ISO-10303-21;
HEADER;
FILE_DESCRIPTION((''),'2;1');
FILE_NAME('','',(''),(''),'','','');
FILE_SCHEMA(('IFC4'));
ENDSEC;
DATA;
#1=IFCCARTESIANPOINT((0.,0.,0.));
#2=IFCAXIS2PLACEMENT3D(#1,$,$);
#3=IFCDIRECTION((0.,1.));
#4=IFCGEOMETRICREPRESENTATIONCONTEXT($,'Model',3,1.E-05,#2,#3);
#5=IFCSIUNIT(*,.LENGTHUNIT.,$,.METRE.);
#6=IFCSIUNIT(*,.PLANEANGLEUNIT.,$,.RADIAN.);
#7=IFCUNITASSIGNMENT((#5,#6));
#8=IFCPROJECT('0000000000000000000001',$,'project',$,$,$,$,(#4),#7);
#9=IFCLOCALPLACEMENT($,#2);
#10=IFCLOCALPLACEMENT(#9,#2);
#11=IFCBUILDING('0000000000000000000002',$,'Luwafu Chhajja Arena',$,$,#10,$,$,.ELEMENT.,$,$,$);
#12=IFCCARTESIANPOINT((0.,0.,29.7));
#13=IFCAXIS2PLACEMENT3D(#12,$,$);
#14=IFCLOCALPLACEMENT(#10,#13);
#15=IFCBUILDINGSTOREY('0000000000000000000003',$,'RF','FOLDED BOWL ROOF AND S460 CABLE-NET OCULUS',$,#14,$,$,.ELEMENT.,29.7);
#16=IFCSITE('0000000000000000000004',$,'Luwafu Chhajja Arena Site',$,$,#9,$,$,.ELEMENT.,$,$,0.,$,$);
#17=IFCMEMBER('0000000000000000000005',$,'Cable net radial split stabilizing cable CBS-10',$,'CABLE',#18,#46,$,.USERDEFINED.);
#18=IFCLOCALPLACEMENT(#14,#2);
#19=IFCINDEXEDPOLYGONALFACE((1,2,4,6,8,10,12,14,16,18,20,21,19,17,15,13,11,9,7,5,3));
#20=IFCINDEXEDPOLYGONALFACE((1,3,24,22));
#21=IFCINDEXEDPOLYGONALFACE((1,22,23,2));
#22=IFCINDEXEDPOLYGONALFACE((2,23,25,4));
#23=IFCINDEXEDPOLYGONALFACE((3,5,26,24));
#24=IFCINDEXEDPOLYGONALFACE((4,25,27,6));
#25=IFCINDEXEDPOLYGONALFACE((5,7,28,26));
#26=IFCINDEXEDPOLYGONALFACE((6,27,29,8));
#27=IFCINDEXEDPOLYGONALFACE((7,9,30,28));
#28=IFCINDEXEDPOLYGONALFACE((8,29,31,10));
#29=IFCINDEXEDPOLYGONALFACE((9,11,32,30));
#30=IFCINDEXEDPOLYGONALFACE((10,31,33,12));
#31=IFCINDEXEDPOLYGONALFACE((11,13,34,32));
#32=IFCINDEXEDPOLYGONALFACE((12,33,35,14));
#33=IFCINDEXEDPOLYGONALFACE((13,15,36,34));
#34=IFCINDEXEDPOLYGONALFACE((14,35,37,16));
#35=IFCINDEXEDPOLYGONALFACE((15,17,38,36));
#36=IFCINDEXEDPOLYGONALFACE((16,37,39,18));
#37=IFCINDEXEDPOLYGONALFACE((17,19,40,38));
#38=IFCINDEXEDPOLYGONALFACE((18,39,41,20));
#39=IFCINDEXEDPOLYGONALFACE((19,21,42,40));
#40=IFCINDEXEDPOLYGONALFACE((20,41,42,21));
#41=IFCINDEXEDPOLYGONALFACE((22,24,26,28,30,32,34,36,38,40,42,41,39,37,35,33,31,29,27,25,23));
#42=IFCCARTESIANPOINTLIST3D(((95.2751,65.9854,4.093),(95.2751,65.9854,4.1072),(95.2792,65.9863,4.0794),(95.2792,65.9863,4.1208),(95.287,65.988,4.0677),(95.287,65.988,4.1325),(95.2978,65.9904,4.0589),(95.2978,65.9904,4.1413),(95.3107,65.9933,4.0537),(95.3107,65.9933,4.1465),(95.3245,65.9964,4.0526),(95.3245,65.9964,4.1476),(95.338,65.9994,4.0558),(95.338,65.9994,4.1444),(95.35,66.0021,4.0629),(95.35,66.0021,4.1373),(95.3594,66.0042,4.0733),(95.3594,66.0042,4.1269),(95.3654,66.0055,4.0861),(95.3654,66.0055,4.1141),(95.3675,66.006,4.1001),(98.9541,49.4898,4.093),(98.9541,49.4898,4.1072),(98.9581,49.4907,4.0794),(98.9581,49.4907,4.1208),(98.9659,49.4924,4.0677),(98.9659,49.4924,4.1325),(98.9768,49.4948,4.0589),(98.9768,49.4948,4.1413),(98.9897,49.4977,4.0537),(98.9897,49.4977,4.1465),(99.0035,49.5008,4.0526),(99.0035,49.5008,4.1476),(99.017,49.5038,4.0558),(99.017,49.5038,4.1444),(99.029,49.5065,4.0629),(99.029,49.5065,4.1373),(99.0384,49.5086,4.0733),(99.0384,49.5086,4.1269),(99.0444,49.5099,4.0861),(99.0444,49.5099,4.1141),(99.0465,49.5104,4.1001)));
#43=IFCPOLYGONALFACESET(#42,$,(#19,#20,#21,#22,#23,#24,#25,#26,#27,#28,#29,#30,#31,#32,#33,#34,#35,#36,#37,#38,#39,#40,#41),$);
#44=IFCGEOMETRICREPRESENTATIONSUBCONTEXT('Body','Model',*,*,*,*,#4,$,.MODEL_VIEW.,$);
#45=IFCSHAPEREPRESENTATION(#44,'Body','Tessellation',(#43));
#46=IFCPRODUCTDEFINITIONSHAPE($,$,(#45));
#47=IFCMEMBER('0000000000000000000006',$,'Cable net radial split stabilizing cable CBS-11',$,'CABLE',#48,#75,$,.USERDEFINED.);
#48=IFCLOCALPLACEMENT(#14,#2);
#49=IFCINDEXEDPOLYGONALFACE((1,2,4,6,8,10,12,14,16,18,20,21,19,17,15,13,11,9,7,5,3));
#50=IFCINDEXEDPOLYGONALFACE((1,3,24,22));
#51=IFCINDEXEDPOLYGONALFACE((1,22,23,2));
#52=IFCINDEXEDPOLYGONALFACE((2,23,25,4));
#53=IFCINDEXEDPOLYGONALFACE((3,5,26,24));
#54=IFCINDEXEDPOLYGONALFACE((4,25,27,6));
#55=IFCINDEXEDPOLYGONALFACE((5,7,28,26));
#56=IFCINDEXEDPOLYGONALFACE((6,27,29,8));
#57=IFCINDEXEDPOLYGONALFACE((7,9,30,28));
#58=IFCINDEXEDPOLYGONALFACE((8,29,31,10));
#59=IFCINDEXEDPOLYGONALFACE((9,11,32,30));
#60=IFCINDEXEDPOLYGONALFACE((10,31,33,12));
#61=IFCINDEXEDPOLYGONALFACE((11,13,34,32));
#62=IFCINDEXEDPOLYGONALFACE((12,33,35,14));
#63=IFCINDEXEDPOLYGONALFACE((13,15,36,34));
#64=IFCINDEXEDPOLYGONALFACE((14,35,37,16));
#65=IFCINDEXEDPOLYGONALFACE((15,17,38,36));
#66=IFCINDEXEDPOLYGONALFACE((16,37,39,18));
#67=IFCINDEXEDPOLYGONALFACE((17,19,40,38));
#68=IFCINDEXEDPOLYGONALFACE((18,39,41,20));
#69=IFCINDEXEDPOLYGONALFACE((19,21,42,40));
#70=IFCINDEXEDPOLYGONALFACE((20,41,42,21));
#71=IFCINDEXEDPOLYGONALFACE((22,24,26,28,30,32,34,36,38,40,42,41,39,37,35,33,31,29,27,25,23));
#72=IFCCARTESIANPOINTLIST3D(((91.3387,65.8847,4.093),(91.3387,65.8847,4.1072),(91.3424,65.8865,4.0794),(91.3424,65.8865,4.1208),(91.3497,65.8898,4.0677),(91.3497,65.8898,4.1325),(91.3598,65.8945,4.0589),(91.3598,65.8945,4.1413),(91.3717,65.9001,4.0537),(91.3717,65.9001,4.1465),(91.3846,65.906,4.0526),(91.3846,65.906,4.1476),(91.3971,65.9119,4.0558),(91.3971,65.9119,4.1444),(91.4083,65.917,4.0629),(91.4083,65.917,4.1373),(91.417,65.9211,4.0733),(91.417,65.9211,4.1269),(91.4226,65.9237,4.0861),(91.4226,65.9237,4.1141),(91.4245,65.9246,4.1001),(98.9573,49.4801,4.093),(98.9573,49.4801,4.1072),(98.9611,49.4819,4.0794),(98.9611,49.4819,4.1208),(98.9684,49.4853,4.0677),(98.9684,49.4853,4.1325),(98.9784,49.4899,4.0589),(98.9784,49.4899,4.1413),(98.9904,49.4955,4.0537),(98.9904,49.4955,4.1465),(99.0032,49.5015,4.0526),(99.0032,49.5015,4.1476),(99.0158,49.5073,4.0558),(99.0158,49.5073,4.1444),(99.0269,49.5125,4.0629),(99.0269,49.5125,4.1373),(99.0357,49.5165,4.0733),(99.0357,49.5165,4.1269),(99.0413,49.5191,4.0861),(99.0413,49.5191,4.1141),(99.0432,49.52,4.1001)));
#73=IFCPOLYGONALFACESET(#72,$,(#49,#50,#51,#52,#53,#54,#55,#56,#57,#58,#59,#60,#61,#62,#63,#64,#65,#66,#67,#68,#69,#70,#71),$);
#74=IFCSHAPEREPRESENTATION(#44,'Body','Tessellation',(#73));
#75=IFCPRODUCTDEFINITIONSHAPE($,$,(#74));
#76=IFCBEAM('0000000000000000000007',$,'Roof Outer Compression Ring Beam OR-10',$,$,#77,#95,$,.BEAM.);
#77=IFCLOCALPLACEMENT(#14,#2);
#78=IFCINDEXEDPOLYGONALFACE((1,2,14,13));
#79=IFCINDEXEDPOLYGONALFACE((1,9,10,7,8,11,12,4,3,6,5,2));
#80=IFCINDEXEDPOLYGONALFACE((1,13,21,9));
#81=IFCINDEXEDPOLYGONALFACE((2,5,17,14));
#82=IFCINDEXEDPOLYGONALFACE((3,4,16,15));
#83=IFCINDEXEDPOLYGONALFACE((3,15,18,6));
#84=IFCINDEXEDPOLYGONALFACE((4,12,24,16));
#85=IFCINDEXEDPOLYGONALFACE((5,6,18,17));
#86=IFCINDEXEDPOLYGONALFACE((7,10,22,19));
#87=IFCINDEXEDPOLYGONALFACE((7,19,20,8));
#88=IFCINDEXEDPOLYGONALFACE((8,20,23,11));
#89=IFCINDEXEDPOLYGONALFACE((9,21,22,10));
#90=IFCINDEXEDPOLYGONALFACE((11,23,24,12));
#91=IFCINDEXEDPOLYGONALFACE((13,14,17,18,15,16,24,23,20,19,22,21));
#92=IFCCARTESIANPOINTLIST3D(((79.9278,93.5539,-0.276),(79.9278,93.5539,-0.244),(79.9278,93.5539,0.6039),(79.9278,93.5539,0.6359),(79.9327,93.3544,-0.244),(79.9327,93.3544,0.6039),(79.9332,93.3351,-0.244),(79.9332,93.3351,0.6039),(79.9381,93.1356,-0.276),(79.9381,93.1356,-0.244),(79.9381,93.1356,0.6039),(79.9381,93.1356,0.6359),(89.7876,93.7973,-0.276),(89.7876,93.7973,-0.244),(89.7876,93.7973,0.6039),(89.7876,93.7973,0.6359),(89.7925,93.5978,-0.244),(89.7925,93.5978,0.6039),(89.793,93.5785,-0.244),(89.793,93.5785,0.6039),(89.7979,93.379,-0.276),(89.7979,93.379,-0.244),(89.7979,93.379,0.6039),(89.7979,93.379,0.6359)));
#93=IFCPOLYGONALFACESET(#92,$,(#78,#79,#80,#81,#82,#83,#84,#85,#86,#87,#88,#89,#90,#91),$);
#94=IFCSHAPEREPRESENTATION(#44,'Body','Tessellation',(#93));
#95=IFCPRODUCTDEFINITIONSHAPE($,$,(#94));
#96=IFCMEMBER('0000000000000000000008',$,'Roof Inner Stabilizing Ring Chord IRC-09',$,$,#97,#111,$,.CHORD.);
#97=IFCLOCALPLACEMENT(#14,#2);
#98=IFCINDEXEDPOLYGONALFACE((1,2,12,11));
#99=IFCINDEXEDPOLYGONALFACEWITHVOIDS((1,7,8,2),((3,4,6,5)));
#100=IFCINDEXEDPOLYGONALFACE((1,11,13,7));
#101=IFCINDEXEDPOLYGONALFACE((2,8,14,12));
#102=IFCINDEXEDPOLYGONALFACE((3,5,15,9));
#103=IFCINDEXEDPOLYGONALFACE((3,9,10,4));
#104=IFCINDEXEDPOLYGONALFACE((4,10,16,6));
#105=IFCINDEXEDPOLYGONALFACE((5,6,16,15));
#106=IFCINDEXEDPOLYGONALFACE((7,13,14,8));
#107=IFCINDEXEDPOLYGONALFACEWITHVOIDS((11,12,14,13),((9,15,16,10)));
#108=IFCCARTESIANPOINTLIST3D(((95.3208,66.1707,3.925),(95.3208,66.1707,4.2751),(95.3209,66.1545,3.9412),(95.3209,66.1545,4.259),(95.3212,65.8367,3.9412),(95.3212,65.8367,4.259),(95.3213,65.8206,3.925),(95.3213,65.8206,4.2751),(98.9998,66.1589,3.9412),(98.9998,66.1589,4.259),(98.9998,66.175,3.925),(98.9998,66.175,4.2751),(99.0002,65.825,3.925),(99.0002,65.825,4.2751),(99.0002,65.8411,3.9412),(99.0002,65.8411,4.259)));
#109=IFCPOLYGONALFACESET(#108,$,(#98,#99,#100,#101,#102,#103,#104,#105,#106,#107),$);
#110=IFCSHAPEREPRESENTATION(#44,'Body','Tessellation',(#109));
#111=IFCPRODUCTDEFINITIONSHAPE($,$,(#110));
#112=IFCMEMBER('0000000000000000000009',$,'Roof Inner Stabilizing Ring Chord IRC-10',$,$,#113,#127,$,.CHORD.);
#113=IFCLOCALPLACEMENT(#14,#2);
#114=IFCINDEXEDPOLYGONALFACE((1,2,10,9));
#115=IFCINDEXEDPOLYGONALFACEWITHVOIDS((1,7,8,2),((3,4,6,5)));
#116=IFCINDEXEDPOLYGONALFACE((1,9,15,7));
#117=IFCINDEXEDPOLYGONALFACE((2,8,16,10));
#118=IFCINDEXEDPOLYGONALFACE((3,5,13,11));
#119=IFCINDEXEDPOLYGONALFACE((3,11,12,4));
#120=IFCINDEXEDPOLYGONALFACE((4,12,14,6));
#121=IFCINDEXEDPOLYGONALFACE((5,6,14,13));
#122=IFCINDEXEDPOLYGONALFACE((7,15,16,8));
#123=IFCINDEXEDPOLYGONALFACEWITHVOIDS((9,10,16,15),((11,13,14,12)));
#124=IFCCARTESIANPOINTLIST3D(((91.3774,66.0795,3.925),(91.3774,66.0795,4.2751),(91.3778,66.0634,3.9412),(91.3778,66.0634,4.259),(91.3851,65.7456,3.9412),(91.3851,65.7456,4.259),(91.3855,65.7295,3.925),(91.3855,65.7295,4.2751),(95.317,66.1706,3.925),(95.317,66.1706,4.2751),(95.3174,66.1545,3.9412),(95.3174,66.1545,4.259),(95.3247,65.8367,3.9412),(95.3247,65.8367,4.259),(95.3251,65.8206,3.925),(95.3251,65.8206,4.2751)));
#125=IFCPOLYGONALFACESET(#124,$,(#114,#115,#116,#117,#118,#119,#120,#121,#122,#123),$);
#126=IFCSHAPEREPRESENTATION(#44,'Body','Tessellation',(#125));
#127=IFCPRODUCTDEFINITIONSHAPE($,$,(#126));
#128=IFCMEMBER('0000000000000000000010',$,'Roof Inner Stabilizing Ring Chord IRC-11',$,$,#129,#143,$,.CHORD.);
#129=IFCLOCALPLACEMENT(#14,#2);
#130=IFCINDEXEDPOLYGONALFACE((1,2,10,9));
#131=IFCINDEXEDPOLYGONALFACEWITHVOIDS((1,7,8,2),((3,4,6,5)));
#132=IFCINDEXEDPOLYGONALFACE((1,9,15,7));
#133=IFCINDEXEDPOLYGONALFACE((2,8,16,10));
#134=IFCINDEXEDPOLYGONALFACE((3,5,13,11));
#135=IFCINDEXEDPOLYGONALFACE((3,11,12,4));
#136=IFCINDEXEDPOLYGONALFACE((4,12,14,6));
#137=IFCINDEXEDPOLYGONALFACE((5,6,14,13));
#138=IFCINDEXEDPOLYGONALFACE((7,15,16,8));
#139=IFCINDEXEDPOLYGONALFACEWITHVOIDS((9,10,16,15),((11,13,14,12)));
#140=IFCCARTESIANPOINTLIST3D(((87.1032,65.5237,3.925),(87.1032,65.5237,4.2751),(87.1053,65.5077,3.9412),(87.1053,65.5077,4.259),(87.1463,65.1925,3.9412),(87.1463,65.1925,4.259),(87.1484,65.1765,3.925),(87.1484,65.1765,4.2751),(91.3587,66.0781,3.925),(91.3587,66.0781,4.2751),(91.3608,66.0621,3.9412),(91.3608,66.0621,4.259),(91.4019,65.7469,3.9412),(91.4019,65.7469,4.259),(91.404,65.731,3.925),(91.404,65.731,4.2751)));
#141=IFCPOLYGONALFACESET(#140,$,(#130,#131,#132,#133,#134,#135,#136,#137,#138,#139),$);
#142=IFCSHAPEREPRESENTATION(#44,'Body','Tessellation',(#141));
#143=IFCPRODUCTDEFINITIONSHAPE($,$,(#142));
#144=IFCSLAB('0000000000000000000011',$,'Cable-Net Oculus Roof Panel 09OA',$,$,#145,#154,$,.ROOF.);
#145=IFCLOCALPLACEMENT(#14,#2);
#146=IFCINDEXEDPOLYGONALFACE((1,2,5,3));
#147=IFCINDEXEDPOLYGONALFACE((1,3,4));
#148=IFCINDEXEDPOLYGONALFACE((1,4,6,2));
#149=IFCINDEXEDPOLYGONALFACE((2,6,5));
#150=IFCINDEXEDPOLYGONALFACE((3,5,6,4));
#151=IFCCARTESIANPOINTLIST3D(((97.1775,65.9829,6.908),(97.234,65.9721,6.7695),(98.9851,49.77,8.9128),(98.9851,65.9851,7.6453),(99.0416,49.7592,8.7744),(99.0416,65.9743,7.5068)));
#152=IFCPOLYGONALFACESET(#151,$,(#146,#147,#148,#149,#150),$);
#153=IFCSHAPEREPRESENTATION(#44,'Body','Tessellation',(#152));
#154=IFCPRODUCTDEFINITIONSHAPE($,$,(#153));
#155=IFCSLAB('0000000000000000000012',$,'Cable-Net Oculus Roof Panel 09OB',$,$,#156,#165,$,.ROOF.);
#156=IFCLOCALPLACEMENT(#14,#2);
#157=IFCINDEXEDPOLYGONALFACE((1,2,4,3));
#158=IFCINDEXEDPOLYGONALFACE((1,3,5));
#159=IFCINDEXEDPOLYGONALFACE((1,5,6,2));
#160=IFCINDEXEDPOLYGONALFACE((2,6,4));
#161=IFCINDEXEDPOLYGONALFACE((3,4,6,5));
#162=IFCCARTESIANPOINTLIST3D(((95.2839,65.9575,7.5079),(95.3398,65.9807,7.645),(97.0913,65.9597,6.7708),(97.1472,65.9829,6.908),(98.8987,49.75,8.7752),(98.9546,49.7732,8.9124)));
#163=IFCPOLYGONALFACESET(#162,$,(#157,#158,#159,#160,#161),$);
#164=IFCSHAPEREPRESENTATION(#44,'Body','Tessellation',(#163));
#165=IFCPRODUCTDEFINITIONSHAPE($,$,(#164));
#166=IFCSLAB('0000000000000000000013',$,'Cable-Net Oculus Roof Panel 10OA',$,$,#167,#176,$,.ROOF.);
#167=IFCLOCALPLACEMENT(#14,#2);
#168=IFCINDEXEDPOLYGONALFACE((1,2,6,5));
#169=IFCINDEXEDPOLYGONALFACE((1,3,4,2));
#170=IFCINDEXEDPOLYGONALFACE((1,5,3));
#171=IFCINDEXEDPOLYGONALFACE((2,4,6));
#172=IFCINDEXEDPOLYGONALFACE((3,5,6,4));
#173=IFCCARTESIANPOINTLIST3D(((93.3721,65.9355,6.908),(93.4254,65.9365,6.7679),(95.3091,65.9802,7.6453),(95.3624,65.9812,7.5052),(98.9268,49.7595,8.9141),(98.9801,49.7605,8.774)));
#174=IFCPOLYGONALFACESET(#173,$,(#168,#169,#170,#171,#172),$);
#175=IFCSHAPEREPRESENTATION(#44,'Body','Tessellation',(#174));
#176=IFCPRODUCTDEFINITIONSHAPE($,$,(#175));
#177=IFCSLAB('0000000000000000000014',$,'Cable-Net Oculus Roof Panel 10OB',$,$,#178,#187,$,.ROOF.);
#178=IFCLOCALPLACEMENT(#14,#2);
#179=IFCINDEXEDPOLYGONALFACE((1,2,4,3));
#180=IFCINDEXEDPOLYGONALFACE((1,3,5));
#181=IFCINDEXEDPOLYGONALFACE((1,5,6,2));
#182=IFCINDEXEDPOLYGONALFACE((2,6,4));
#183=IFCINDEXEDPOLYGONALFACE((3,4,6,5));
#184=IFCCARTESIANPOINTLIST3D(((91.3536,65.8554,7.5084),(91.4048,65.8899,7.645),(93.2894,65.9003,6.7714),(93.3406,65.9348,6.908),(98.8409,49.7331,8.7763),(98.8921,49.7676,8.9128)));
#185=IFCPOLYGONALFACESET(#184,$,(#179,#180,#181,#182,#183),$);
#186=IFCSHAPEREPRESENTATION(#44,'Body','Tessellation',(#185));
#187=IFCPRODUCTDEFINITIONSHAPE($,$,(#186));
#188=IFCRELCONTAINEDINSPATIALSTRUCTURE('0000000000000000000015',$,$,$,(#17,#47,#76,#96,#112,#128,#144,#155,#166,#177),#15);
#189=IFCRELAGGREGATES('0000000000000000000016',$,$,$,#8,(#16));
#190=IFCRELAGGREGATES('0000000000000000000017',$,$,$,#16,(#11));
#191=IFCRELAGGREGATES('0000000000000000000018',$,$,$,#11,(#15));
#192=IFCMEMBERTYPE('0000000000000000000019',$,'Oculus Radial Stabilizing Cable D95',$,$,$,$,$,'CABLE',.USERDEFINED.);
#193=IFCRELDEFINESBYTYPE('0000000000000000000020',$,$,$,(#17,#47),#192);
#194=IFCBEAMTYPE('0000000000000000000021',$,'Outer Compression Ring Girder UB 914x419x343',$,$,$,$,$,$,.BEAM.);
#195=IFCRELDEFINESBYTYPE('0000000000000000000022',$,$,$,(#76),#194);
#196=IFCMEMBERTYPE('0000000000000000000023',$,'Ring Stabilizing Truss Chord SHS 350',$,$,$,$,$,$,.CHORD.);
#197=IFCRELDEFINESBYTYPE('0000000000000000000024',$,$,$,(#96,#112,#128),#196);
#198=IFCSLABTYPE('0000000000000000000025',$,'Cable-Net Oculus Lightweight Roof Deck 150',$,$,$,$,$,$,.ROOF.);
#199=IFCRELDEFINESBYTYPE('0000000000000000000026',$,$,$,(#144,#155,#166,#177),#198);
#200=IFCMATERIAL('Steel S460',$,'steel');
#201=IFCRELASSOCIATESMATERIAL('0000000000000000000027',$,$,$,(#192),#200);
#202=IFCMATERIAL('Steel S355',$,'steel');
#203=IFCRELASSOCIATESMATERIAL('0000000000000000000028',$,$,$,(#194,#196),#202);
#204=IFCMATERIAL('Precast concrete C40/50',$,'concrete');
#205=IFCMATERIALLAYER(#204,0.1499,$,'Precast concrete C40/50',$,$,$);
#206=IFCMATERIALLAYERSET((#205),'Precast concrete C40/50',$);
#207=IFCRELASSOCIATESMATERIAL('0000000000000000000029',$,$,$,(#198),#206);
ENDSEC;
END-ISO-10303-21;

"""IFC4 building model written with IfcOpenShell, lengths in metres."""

from ifc_helpers import new_model, si_unit, direction, frame, origin, origin_2d, place, context, subcontext, project, spatial, polyline, hollow_rectangle, circle, i_section, outline, extrude, material, layer, layer_set, material_profile, profile_set, type_object, element, save


model = new_model("IFC4")

# Units and contexts
model_context = context("Model", 3, precision=1e-05, world=origin(), true_north=direction((0.0, 1.0)))
body_context = subcontext(model_context, "Body", "Model", "MODEL_VIEW")
ifc_project = project(units=[si_unit("LENGTHUNIT", "METRE"), si_unit("PLANEANGLEUNIT", "RADIAN")], contexts=[model_context])

# Site, building, storey
site_placement = place(None, origin())
site = spatial("IfcSite", under=ifc_project, at=site_placement, Name="Luwafu Chhajja Arena Site", CompositionType="ELEMENT", RefElevation=0.0)
building_placement = place(site_placement, origin())
building = spatial("IfcBuilding", under=site, at=building_placement, Name="Luwafu Chhajja Arena", CompositionType="ELEMENT")
storey_placement = place(building_placement, frame((0.0, 0.0, 29.7)))
storey = spatial("IfcBuildingStorey", under=building, at=storey_placement, Name="RF", Description="FOLDED BOWL ROOF AND S460 CABLE-NET OCULUS", CompositionType="ELEMENT", Elevation=29.7)

# Shared definitions
ifc_material_1 = material(Name="Steel S355", Category="steel")

# Members
ifc_material_2 = material(Name="Steel S460", Category="steel")
ifc_material_profile_1 = material_profile(ifc_material_2, circle(Radius=0.0476, at=origin_2d()), Name="CABLE D95")
ifc_profile_set_1 = profile_set([ifc_material_profile_1], Name="Steel S460")
member_type_1 = type_object("IfcMemberType", Name="Oculus Radial Stabilizing Cable D95", ElementType="CABLE", PredefinedType="USERDEFINED", material=ifc_profile_set_1)
member_1_placement = place(storey_placement, frame((95.321, 65.9956, 4.1001), z_axis=(0.217678, -0.976021, 0.0), x_axis=(0.976021, 0.217678, 0.0)))
element("IfcMember", 1, at=member_1_placement, inside=storey, type_object=member_type_1, Name="Cable net radial split stabilizing cable CBS-10", ObjectType="CABLE", PredefinedType="USERDEFINED", context=body_context, shape_type="SweptSolid", body=[
    extrude(circle(Radius=0.0476, at=origin_2d()), origin(), (0.0, 0.0, 1.0), 16.9009),
])
member_2_placement = place(storey_placement, frame((91.3813, 65.9045, 4.1001), z_axis=(0.421214, -0.906961, 0.0), x_axis=(0.906961, 0.421214, 0.0)))
element("IfcMember", 2, at=member_2_placement, inside=storey, type_object=member_type_1, Name="Cable net radial split stabilizing cable CBS-11", ObjectType="CABLE", PredefinedType="USERDEFINED", context=body_context, shape_type="SweptSolid", body=[
    extrude(circle(Radius=0.0476, at=origin_2d()), origin(), (0.0, 0.0, 1.0), 18.0874),
])

# Beam
ifc_material_profile_2 = material_profile(ifc_material_1, i_section(OverallWidth=0.4185, OverallDepth=0.9119, WebThickness=0.0193, FlangeThickness=0.032, at=origin_2d()), Name="UB 914x419x343")
ifc_profile_set_2 = profile_set([ifc_material_profile_2], Name="Steel S355")
beam_type_1 = type_object("IfcBeamType", Name="Outer Compression Ring Girder UB 914x419x343", PredefinedType="BEAM", material=ifc_profile_set_2)
beam_1_placement = place(storey_placement, frame((89.7927, 93.5881, 0.1799), z_axis=(-0.999695, -0.024679, 0.0), x_axis=(0.024679, -0.999695, 0.0)))
element("IfcBeam", 3, at=beam_1_placement, inside=storey, type_object=beam_type_1, Name="Roof Outer Compression Ring Beam OR-10", PredefinedType="BEAM", context=body_context, shape_type="SweptSolid", body=[
    extrude(i_section(OverallWidth=0.4185, OverallDepth=0.9119, WebThickness=0.0193, FlangeThickness=0.032, at=origin_2d()), origin(), (0.0, 0.0, 1.0), 9.8628),
])

# Members
ifc_material_profile_3 = material_profile(ifc_material_1, hollow_rectangle(XDim=0.3501, YDim=0.3501, WallThickness=0.0161, at=origin_2d()), Name="SHS 350x350x16")
ifc_profile_set_3 = profile_set([ifc_material_profile_3], Name="Steel S355")
member_type_2 = type_object("IfcMemberType", Name="Ring Stabilizing Truss Chord SHS 350", PredefinedType="CHORD", material=ifc_profile_set_3)
member_3_placement = place(storey_placement, frame((99.0, 66.0, 4.1001), z_axis=(-0.999999, -0.001195, 0.0), x_axis=(0.001195, -0.999999, 0.0)))
element("IfcMember", 4, at=member_3_placement, inside=storey, type_object=member_type_2, Name="Roof Inner Stabilizing Ring Chord IRC-09", PredefinedType="CHORD", context=body_context, shape_type="SweptSolid", body=[
    extrude(hollow_rectangle(XDim=0.3501, YDim=0.3501, WallThickness=0.0161, at=origin_2d()), origin(), (0.0, 0.0, 1.0), 3.679),
])
member_4_placement = place(storey_placement, frame((95.321, 65.9956, 4.1001), z_axis=(-0.999733, -0.023108, 0.0), x_axis=(0.023108, -0.999733, 0.0)))
element("IfcMember", 5, at=member_4_placement, inside=storey, type_object=member_type_2, Name="Roof Inner Stabilizing Ring Chord IRC-10", PredefinedType="CHORD", context=body_context, shape_type="SweptSolid", body=[
    extrude(hollow_rectangle(XDim=0.3501, YDim=0.3501, WallThickness=0.0161, at=origin_2d()), origin(), (0.0, 0.0, 1.0), 3.9407),
])
member_5_placement = place(storey_placement, frame((91.3813, 65.9045, 4.1001), z_axis=(-0.991619, -0.129193, 0.0), x_axis=(0.129193, -0.991619, 0.0)))
element("IfcMember", 6, at=member_5_placement, inside=storey, type_object=member_type_2, Name="Roof Inner Stabilizing Ring Chord IRC-11", PredefinedType="CHORD", context=body_context, shape_type="SweptSolid", body=[
    extrude(hollow_rectangle(XDim=0.3501, YDim=0.3501, WallThickness=0.0161, at=origin_2d()), origin(), (0.0, 0.0, 1.0), 4.2915),
])

# Slabs
ifc_material_3 = material(Name="Precast concrete C40/50", Category="concrete")
ifc_layer_1 = layer(ifc_material_3, 0.1499, Name="Precast concrete C40/50")
ifc_layer_set_1 = layer_set([ifc_layer_1], Name="Precast concrete C40/50")
slab_type = type_object("IfcSlabType", Name="Cable-Net Oculus Lightweight Roof Deck 150", PredefinedType="ROOF", material=ifc_layer_set_1)
slab_1_placement = place(storey_placement, frame((98.9851, 65.9851, 7.6453), z_axis=(-0.376768, 0.072192, 0.92349), x_axis=(0.0, -0.996958, 0.077935)))
element("IfcSlab", 7, at=slab_1_placement, inside=storey, type_object=slab_type, Name="Cable-Net Oculus Roof Panel 09OA", PredefinedType="ROOF", context=body_context, shape_type="SweptSolid", body=[
    extrude(outline(polyline([(0.0, 0.0), (16.2646, 0.0), (-0.0553, -1.9514), (0.0, 0.0)])), origin(), (0.0, 0.0, -1.0), 0.1499),
])
slab_2_placement = place(storey_placement, frame((97.1472, 65.9829, 6.908), z_axis=(0.372907, 0.154707, 0.91488), x_axis=(0.109985, -0.986421, 0.121975)))
element("IfcSlab", 8, at=slab_2_placement, inside=storey, type_object=slab_type, Name="Cable-Net Oculus Roof Panel 09OB", PredefinedType="ROOF", context=body_context, shape_type="SweptSolid", body=[
    extrude(outline(polyline([(0.0, 0.0), (16.4329, 0.0), (-0.1067, -1.949), (0.0, 0.0)])), origin(), (0.0, 0.0, -1.0), 0.1499),
])
slab_3_placement = place(storey_placement, frame((95.3091, 65.9802, 7.6453), z_axis=(-0.355609, -0.006204, 0.934614), x_axis=(0.217048, -0.973188, 0.076124)))
element("IfcSlab", 9, at=slab_3_placement, inside=storey, type_object=slab_type, Name="Cable-Net Oculus Roof Panel 10OA", PredefinedType="ROOF", context=body_context, shape_type="SweptSolid", body=[
    extrude(outline(polyline([(0.0, 0.0), (16.6676, 0.0), (-0.4331, -2.0273), (0.0, 0.0)])), origin(), (0.0, 0.0, -1.0), 0.1499),
])
slab_4_placement = place(storey_placement, frame((93.3406, 65.9348, 6.908), z_axis=(0.341597, 0.230294, 0.911195), x_axis=(0.322556, -0.939355, 0.116488)))
element("IfcSlab", 10, at=slab_4_placement, inside=storey, type_object=slab_type, Name="Cable-Net Oculus Roof Panel 10OB", PredefinedType="ROOF", context=body_context, shape_type="SweptSolid", body=[
    extrude(outline(polyline([(0.0, 0.0), (17.211, 0.0), (-0.4963, -2.0115), (0.0, 0.0)])), origin(), (0.0, 0.0, -1.0), 0.1499),
])

save(model, "model.ifc")
